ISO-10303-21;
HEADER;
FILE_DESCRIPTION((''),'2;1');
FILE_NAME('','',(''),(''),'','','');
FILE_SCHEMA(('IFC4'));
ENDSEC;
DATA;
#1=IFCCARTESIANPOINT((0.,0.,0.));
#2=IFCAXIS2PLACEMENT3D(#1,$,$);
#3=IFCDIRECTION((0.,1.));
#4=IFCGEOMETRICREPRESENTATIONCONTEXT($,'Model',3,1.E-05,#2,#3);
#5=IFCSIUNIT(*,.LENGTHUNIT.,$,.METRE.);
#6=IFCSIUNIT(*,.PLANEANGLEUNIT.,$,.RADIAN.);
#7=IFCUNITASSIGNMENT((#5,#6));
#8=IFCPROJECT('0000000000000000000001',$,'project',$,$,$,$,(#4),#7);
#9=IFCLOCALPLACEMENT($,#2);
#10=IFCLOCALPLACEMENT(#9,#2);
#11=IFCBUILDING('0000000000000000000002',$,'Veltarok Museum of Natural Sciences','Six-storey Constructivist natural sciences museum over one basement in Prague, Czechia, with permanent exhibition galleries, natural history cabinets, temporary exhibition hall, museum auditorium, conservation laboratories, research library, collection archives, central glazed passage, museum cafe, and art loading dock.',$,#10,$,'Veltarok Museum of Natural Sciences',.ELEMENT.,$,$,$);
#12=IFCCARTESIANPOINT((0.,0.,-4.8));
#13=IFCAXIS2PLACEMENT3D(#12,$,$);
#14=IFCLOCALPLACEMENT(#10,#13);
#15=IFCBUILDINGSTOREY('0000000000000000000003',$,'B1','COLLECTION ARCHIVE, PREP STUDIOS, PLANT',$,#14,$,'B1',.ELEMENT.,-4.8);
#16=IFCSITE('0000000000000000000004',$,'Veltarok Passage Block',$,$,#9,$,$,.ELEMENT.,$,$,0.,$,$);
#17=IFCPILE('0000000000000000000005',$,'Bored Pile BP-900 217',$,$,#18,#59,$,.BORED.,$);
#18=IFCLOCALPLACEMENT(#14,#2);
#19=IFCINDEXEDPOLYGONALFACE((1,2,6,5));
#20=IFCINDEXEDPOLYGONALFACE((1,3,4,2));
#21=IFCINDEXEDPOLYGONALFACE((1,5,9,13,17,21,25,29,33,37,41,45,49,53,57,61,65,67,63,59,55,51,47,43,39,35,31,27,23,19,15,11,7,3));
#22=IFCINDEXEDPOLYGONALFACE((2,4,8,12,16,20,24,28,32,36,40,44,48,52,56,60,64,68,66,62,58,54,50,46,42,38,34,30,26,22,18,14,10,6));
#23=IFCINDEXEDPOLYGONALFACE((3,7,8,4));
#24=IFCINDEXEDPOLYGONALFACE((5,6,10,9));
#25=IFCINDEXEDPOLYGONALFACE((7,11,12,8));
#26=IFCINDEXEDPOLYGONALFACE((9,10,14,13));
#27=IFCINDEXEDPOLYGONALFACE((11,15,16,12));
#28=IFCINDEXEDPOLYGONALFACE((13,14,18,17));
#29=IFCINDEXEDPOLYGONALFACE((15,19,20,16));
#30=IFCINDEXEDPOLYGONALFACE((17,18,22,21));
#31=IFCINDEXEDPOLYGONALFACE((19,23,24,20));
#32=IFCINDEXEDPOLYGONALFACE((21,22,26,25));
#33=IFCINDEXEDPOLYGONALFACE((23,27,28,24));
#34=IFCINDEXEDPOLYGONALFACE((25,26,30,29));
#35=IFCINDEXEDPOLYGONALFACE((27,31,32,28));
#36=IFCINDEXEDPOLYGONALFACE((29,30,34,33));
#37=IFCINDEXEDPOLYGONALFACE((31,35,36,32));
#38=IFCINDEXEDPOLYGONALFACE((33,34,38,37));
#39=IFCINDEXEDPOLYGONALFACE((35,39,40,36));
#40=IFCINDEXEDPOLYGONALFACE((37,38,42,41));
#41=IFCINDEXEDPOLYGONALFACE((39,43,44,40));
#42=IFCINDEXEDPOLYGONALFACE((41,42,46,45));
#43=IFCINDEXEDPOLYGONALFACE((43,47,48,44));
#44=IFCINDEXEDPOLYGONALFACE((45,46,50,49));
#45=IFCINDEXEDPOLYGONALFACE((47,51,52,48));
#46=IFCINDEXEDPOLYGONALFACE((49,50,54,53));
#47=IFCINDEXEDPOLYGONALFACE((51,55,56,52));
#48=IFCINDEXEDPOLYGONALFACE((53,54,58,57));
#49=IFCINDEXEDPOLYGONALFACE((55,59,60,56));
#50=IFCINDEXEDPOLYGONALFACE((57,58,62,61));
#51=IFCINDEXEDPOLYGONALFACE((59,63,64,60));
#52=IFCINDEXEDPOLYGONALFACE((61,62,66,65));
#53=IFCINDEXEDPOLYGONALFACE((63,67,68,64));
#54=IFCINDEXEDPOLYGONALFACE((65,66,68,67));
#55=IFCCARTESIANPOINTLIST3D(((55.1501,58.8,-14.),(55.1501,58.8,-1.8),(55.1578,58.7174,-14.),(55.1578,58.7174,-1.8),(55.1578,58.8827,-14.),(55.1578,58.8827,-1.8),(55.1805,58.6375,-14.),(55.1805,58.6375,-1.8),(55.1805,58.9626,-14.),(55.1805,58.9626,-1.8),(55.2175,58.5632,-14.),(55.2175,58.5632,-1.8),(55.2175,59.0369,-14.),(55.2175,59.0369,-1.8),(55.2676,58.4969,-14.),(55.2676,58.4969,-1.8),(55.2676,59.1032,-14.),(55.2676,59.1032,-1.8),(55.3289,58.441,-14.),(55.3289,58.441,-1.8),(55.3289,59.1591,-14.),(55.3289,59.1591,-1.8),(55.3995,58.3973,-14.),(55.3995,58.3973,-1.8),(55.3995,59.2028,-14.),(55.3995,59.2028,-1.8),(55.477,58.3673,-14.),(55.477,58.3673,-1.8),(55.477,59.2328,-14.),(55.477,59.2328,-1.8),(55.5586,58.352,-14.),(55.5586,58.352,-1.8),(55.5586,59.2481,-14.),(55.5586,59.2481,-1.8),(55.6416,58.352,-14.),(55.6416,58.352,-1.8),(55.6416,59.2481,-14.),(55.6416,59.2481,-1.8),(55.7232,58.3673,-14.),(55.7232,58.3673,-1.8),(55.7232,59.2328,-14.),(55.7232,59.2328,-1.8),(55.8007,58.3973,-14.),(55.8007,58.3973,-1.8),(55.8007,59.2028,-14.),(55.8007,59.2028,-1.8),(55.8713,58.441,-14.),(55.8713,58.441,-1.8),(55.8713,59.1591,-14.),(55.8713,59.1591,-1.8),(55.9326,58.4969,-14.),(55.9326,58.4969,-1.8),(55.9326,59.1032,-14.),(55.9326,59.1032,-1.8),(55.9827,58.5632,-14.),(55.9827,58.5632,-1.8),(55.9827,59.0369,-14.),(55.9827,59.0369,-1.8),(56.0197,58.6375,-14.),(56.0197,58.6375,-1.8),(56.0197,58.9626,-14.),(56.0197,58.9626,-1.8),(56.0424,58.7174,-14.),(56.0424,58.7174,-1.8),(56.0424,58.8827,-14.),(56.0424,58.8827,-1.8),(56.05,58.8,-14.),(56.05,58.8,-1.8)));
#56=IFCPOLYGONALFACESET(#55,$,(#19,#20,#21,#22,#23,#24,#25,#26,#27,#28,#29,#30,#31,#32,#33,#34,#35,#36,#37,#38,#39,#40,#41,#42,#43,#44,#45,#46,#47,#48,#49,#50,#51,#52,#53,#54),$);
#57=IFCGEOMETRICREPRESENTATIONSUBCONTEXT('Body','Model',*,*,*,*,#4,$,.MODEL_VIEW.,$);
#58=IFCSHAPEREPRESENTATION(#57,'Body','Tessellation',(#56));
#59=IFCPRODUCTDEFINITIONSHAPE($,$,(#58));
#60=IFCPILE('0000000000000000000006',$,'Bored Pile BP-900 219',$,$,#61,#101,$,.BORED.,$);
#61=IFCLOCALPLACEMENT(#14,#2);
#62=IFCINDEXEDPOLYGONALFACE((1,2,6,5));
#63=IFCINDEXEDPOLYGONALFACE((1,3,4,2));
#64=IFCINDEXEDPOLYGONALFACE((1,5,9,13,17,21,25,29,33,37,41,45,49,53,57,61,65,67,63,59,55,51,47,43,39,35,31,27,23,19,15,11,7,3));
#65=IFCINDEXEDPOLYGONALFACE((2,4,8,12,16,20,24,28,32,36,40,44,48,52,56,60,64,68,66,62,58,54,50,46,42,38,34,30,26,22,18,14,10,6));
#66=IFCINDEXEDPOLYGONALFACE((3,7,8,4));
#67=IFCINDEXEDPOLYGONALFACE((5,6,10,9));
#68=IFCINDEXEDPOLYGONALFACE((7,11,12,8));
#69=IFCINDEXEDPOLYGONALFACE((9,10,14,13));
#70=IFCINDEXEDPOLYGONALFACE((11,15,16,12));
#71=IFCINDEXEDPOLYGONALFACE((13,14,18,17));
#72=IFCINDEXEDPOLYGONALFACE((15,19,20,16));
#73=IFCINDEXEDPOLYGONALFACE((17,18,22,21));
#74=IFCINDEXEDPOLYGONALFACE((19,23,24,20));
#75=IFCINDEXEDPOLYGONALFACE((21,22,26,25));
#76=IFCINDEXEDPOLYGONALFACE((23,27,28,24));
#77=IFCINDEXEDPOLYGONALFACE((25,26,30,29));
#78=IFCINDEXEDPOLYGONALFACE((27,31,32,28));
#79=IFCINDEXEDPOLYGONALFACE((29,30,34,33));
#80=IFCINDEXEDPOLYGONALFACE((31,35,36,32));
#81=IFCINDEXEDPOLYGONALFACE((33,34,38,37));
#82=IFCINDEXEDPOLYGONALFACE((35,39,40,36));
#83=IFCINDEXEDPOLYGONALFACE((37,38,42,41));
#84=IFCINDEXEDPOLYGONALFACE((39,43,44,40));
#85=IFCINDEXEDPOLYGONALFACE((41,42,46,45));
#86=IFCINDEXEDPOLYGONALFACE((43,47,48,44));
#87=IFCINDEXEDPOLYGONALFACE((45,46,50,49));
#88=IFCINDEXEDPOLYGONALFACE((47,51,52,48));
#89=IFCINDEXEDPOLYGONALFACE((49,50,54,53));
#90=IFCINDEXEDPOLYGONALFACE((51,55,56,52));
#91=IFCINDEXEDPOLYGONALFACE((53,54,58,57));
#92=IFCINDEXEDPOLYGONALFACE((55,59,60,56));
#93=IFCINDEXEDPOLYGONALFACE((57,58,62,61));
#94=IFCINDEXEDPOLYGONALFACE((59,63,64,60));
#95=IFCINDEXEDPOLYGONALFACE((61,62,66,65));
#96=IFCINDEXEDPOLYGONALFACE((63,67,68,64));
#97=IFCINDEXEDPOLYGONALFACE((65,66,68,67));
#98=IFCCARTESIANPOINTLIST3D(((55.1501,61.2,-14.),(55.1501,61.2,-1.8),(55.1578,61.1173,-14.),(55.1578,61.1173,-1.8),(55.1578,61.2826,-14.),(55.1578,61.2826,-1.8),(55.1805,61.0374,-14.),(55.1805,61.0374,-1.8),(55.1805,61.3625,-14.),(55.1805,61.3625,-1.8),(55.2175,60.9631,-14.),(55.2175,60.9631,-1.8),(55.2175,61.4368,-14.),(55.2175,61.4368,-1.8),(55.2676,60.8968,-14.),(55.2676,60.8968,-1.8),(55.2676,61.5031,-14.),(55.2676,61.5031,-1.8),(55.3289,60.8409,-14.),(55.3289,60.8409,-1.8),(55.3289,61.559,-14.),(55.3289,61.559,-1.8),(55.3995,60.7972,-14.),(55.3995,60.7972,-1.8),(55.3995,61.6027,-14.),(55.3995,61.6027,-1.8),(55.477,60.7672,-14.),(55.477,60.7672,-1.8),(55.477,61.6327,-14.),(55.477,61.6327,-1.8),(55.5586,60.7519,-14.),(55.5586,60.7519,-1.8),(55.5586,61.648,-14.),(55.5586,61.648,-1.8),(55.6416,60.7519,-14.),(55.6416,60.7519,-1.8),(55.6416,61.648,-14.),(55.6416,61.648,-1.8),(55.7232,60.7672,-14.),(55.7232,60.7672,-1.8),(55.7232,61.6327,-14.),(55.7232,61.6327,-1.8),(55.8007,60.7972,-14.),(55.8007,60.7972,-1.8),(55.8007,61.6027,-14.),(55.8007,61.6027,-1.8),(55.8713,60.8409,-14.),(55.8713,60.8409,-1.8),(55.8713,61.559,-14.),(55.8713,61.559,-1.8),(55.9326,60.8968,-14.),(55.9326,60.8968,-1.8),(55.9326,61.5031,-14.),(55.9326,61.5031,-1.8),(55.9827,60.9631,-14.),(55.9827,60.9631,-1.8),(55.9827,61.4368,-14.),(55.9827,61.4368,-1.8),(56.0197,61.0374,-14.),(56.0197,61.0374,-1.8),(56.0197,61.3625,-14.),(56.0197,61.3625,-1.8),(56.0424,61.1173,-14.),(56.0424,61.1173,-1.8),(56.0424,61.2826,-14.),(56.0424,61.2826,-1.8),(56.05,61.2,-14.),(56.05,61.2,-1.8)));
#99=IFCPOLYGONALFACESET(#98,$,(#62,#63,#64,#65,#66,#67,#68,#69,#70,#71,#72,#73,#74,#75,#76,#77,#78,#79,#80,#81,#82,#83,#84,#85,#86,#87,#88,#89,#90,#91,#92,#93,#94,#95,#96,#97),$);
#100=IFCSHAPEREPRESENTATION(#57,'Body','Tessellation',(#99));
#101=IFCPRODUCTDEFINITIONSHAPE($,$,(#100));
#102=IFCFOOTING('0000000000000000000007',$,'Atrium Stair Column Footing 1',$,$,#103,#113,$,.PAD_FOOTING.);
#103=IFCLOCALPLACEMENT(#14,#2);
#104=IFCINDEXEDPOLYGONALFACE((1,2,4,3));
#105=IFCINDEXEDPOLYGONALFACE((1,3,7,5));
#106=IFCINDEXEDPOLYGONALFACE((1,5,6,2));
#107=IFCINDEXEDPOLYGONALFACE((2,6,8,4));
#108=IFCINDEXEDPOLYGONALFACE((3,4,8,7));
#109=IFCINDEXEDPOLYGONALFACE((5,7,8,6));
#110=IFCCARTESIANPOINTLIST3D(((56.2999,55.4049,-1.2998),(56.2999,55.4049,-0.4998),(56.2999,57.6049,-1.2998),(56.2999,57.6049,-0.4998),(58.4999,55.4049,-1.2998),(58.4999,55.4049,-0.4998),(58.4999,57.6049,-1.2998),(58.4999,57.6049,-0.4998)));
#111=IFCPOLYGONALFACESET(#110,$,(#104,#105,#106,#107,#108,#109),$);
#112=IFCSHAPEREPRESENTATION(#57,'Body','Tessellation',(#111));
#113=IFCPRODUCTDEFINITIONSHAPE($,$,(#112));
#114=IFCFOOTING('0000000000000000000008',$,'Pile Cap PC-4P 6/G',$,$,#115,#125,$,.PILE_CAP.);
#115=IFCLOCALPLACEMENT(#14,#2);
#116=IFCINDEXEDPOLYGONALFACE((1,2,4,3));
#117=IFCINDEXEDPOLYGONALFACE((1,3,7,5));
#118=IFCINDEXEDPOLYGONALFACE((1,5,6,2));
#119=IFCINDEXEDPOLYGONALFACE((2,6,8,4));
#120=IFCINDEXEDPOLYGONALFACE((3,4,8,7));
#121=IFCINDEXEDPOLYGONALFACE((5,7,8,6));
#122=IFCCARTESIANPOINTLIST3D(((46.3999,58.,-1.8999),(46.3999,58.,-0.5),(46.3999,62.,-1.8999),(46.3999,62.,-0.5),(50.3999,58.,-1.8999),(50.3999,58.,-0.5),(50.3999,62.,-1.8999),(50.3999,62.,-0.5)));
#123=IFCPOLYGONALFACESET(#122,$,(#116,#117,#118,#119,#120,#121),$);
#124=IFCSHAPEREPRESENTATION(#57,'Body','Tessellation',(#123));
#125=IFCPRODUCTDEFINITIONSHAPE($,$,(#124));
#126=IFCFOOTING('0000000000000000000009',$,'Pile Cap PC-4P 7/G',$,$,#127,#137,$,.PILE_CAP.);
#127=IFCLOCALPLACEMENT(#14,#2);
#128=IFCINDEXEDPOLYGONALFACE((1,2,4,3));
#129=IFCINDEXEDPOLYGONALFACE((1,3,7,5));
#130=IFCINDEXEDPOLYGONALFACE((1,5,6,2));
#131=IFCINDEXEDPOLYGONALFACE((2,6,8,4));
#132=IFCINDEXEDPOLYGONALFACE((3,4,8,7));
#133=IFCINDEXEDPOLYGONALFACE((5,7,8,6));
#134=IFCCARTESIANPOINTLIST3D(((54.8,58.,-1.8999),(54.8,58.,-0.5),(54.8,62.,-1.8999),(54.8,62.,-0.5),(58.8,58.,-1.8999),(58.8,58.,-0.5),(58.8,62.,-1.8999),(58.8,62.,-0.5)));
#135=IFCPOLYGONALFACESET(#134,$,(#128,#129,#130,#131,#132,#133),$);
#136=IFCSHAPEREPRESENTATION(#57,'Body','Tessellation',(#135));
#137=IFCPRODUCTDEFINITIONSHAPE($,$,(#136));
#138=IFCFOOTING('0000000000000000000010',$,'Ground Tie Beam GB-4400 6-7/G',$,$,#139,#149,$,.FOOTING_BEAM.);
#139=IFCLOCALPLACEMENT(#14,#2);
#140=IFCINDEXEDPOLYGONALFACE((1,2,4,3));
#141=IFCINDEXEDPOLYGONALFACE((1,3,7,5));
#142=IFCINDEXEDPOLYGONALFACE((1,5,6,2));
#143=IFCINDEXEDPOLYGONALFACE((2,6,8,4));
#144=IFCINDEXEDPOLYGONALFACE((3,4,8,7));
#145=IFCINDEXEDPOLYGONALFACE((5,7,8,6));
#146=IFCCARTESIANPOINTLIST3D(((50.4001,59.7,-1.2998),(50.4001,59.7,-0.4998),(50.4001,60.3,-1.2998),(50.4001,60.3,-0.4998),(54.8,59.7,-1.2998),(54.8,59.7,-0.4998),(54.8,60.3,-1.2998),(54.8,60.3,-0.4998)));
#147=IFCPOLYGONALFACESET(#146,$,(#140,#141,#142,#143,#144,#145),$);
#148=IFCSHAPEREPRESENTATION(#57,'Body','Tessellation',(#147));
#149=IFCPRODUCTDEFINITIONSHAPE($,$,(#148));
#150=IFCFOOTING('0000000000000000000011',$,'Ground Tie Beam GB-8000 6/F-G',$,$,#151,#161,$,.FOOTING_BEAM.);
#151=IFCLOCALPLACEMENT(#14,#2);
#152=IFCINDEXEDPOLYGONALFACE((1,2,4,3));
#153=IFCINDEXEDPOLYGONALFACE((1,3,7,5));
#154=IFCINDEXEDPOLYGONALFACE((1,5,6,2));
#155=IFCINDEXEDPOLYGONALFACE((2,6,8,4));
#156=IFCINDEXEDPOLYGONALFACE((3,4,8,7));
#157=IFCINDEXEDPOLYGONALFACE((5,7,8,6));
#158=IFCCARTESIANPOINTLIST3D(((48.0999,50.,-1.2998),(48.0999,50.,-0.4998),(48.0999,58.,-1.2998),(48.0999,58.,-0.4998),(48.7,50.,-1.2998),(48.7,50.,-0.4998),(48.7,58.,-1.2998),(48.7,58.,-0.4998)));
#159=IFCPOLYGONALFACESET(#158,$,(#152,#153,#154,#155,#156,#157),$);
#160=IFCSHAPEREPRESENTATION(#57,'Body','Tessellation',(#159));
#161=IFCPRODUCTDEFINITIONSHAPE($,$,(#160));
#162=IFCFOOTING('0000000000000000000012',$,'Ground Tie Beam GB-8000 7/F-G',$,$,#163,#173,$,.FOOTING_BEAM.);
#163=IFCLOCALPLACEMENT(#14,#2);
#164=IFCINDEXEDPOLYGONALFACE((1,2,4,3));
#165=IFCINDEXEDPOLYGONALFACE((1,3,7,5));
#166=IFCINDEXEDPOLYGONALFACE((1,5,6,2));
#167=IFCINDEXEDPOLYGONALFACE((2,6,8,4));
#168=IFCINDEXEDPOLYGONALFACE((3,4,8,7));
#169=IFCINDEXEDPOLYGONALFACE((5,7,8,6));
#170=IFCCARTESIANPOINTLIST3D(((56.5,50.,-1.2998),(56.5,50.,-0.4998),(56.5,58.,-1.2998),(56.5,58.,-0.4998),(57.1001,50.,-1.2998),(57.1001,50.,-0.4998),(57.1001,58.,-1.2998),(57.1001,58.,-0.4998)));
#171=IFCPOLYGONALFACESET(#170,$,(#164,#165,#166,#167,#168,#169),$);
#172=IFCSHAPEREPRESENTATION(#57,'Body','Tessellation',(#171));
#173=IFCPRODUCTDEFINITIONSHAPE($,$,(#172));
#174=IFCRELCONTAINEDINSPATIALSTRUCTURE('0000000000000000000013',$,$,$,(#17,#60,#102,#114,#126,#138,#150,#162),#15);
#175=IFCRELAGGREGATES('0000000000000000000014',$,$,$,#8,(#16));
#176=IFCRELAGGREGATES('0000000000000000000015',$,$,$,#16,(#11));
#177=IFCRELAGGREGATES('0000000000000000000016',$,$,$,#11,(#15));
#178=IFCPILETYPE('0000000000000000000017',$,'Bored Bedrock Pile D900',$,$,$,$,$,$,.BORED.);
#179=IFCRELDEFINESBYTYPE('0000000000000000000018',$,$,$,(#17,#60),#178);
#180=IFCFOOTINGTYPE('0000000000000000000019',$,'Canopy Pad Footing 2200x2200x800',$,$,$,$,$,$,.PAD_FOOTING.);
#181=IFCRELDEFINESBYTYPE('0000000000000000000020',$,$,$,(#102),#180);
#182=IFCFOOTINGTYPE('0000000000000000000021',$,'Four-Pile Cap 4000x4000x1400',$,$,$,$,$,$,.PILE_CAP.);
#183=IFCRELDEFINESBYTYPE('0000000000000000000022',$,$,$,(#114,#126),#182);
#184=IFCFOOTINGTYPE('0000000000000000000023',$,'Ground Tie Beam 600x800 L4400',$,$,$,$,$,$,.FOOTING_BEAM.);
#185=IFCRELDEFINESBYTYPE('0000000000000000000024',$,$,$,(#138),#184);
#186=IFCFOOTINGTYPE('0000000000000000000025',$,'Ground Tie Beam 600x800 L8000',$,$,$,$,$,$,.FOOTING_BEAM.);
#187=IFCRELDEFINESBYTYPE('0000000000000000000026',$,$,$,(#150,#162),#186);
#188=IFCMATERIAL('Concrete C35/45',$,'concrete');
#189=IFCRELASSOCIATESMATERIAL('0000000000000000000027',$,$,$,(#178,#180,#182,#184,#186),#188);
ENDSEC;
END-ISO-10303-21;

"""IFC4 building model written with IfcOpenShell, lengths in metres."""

from ifc_helpers import new_model, si_unit, direction, frame, origin, origin_2d, place, context, subcontext, project, spatial, rectangle, circle, extrude, material, material_profile, profile_set, type_object, element, save


model = new_model("IFC4")

# Units and contexts
model_context = context("Model", 3, precision=1e-05, world=origin(), true_north=direction((0.0, 1.0)))
body_context = subcontext(model_context, "Body", "Model", "MODEL_VIEW")
ifc_project = project(units=[si_unit("LENGTHUNIT", "METRE"), si_unit("PLANEANGLEUNIT", "RADIAN")], contexts=[model_context])

# Site, building, storey
site_placement = place(None, origin())
site = spatial("IfcSite", under=ifc_project, at=site_placement, Name="Veltarok Passage Block", CompositionType="ELEMENT", RefElevation=0.0)
building_placement = place(site_placement, origin())
building = spatial("IfcBuilding", under=site, at=building_placement, Name="Veltarok Museum of Natural Sciences", Description="Six-storey Constructivist natural sciences museum over one basement in Prague, Czechia, with permanent exhibition galleries, natural history cabinets, temporary exhibition hall, museum auditorium, conservation laboratories, research library, collection archives, central glazed passage, museum cafe, and art loading dock.", LongName="Veltarok Museum of Natural Sciences", CompositionType="ELEMENT")
storey_placement = place(building_placement, frame((0.0, 0.0, -4.8)))
storey = spatial("IfcBuildingStorey", under=building, at=storey_placement, Name="B1", Description="COLLECTION ARCHIVE, PREP STUDIOS, PLANT", LongName="B1", CompositionType="ELEMENT", Elevation=-4.8)

# Piles
ifc_material_1 = material(Name="Concrete C35/45", Category="concrete")
ifc_material_profile_1 = material_profile(ifc_material_1, circle(Radius=0.45, at=origin_2d()), Name="BP D900")
ifc_profile_set_1 = profile_set([ifc_material_profile_1], Name="Concrete C35/45")
pile_type = type_object("IfcPileType", Name="Bored Bedrock Pile D900", PredefinedType="BORED", material=ifc_profile_set_1)
for number, where, z_axis, x_axis, name in (
    (1, (55.6001, 58.8, -1.8), (0.0, 0.0, -1.0), (1.0, 0.0, 0.0), "Bored Pile BP-900 217"),
    (2, (55.6001, 61.2, -1.8), (0.0, 0.0, -1.0), (1.0, 0.0, 0.0), "Bored Pile BP-900 219"),
):
    element("IfcPile", number, at=place(storey_placement, frame(where, z_axis=z_axis, x_axis=x_axis)), inside=storey, type_object=pile_type, Name=name, PredefinedType="BORED", context=body_context, shape_type="SweptSolid", body=[
        extrude(circle(Radius=0.45, at=origin_2d()), origin(), (0.0, 0.0, 1.0), 12.2),
    ])

# Footings
footing_type_1 = type_object("IfcFootingType", Name="Canopy Pad Footing 2200x2200x800", PredefinedType="PAD_FOOTING", material=ifc_material_1)
footing_1_placement = place(storey_placement, frame((57.3999, 56.5049, -1.2998), z_axis=(0.0, 0.0, 1.0), x_axis=(1.0, 0.0, 0.0)))
element("IfcFooting", 3, at=footing_1_placement, inside=storey, type_object=footing_type_1, Name="Atrium Stair Column Footing 1", PredefinedType="PAD_FOOTING", context=body_context, shape_type="SweptSolid", body=[
    extrude(rectangle(XDim=2.2, YDim=2.2, at=origin_2d()), origin(), (0.0, 0.0, 1.0), 0.8),
])
footing_type_2 = type_object("IfcFootingType", Name="Four-Pile Cap 4000x4000x1400", PredefinedType="PILE_CAP", material=ifc_material_1)
for number, where, z_axis, x_axis, name in (
    (4, (48.3999, 60.0, -1.8999), (0.0, 0.0, 1.0), (1.0, 0.0, 0.0), "Pile Cap PC-4P 6/G"),
    (5, (56.8, 60.0, -1.8999), (0.0, 0.0, 1.0), (1.0, 0.0, 0.0), "Pile Cap PC-4P 7/G"),
):
    element("IfcFooting", number, at=place(storey_placement, frame(where, z_axis=z_axis, x_axis=x_axis)), inside=storey, type_object=footing_type_2, Name=name, PredefinedType="PILE_CAP", context=body_context, shape_type="SweptSolid", body=[
        extrude(rectangle(XDim=4.0, YDim=4.0, at=origin_2d()), origin(), (0.0, 0.0, 1.0), 1.3999),
    ])
footing_type_3 = type_object("IfcFootingType", Name="Ground Tie Beam 600x800 L4400", PredefinedType="FOOTING_BEAM", material=ifc_material_1)
footing_2_placement = place(storey_placement, frame((52.6001, 60.0, -1.2998), z_axis=(0.0, 0.0, 1.0), x_axis=(1.0, 0.0, 0.0)))
element("IfcFooting", 6, at=footing_2_placement, inside=storey, type_object=footing_type_3, Name="Ground Tie Beam GB-4400 6-7/G", PredefinedType="FOOTING_BEAM", context=body_context, shape_type="SweptSolid", body=[
    extrude(rectangle(XDim=4.3999, YDim=0.6001, at=origin_2d()), origin(), (0.0, 0.0, 1.0), 0.8),
])
footing_type_4 = type_object("IfcFootingType", Name="Ground Tie Beam 600x800 L8000", PredefinedType="FOOTING_BEAM", material=ifc_material_1)
for number, where, z_axis, x_axis, name in (
    (7, (48.3999, 54.0, -1.2998), (0.0, 0.0, 1.0), (0.0, 1.0, 0.0), "Ground Tie Beam GB-8000 6/F-G"),
    (8, (56.8, 54.0, -1.2998), (0.0, 0.0, 1.0), (0.0, 1.0, 0.0), "Ground Tie Beam GB-8000 7/F-G"),
):
    element("IfcFooting", number, at=place(storey_placement, frame(where, z_axis=z_axis, x_axis=x_axis)), inside=storey, type_object=footing_type_4, Name=name, PredefinedType="FOOTING_BEAM", context=body_context, shape_type="SweptSolid", body=[
        extrude(rectangle(XDim=8.0, YDim=0.6001, at=origin_2d()), origin(), (0.0, 0.0, 1.0), 0.8),
    ])

save(model, "model.ifc")
